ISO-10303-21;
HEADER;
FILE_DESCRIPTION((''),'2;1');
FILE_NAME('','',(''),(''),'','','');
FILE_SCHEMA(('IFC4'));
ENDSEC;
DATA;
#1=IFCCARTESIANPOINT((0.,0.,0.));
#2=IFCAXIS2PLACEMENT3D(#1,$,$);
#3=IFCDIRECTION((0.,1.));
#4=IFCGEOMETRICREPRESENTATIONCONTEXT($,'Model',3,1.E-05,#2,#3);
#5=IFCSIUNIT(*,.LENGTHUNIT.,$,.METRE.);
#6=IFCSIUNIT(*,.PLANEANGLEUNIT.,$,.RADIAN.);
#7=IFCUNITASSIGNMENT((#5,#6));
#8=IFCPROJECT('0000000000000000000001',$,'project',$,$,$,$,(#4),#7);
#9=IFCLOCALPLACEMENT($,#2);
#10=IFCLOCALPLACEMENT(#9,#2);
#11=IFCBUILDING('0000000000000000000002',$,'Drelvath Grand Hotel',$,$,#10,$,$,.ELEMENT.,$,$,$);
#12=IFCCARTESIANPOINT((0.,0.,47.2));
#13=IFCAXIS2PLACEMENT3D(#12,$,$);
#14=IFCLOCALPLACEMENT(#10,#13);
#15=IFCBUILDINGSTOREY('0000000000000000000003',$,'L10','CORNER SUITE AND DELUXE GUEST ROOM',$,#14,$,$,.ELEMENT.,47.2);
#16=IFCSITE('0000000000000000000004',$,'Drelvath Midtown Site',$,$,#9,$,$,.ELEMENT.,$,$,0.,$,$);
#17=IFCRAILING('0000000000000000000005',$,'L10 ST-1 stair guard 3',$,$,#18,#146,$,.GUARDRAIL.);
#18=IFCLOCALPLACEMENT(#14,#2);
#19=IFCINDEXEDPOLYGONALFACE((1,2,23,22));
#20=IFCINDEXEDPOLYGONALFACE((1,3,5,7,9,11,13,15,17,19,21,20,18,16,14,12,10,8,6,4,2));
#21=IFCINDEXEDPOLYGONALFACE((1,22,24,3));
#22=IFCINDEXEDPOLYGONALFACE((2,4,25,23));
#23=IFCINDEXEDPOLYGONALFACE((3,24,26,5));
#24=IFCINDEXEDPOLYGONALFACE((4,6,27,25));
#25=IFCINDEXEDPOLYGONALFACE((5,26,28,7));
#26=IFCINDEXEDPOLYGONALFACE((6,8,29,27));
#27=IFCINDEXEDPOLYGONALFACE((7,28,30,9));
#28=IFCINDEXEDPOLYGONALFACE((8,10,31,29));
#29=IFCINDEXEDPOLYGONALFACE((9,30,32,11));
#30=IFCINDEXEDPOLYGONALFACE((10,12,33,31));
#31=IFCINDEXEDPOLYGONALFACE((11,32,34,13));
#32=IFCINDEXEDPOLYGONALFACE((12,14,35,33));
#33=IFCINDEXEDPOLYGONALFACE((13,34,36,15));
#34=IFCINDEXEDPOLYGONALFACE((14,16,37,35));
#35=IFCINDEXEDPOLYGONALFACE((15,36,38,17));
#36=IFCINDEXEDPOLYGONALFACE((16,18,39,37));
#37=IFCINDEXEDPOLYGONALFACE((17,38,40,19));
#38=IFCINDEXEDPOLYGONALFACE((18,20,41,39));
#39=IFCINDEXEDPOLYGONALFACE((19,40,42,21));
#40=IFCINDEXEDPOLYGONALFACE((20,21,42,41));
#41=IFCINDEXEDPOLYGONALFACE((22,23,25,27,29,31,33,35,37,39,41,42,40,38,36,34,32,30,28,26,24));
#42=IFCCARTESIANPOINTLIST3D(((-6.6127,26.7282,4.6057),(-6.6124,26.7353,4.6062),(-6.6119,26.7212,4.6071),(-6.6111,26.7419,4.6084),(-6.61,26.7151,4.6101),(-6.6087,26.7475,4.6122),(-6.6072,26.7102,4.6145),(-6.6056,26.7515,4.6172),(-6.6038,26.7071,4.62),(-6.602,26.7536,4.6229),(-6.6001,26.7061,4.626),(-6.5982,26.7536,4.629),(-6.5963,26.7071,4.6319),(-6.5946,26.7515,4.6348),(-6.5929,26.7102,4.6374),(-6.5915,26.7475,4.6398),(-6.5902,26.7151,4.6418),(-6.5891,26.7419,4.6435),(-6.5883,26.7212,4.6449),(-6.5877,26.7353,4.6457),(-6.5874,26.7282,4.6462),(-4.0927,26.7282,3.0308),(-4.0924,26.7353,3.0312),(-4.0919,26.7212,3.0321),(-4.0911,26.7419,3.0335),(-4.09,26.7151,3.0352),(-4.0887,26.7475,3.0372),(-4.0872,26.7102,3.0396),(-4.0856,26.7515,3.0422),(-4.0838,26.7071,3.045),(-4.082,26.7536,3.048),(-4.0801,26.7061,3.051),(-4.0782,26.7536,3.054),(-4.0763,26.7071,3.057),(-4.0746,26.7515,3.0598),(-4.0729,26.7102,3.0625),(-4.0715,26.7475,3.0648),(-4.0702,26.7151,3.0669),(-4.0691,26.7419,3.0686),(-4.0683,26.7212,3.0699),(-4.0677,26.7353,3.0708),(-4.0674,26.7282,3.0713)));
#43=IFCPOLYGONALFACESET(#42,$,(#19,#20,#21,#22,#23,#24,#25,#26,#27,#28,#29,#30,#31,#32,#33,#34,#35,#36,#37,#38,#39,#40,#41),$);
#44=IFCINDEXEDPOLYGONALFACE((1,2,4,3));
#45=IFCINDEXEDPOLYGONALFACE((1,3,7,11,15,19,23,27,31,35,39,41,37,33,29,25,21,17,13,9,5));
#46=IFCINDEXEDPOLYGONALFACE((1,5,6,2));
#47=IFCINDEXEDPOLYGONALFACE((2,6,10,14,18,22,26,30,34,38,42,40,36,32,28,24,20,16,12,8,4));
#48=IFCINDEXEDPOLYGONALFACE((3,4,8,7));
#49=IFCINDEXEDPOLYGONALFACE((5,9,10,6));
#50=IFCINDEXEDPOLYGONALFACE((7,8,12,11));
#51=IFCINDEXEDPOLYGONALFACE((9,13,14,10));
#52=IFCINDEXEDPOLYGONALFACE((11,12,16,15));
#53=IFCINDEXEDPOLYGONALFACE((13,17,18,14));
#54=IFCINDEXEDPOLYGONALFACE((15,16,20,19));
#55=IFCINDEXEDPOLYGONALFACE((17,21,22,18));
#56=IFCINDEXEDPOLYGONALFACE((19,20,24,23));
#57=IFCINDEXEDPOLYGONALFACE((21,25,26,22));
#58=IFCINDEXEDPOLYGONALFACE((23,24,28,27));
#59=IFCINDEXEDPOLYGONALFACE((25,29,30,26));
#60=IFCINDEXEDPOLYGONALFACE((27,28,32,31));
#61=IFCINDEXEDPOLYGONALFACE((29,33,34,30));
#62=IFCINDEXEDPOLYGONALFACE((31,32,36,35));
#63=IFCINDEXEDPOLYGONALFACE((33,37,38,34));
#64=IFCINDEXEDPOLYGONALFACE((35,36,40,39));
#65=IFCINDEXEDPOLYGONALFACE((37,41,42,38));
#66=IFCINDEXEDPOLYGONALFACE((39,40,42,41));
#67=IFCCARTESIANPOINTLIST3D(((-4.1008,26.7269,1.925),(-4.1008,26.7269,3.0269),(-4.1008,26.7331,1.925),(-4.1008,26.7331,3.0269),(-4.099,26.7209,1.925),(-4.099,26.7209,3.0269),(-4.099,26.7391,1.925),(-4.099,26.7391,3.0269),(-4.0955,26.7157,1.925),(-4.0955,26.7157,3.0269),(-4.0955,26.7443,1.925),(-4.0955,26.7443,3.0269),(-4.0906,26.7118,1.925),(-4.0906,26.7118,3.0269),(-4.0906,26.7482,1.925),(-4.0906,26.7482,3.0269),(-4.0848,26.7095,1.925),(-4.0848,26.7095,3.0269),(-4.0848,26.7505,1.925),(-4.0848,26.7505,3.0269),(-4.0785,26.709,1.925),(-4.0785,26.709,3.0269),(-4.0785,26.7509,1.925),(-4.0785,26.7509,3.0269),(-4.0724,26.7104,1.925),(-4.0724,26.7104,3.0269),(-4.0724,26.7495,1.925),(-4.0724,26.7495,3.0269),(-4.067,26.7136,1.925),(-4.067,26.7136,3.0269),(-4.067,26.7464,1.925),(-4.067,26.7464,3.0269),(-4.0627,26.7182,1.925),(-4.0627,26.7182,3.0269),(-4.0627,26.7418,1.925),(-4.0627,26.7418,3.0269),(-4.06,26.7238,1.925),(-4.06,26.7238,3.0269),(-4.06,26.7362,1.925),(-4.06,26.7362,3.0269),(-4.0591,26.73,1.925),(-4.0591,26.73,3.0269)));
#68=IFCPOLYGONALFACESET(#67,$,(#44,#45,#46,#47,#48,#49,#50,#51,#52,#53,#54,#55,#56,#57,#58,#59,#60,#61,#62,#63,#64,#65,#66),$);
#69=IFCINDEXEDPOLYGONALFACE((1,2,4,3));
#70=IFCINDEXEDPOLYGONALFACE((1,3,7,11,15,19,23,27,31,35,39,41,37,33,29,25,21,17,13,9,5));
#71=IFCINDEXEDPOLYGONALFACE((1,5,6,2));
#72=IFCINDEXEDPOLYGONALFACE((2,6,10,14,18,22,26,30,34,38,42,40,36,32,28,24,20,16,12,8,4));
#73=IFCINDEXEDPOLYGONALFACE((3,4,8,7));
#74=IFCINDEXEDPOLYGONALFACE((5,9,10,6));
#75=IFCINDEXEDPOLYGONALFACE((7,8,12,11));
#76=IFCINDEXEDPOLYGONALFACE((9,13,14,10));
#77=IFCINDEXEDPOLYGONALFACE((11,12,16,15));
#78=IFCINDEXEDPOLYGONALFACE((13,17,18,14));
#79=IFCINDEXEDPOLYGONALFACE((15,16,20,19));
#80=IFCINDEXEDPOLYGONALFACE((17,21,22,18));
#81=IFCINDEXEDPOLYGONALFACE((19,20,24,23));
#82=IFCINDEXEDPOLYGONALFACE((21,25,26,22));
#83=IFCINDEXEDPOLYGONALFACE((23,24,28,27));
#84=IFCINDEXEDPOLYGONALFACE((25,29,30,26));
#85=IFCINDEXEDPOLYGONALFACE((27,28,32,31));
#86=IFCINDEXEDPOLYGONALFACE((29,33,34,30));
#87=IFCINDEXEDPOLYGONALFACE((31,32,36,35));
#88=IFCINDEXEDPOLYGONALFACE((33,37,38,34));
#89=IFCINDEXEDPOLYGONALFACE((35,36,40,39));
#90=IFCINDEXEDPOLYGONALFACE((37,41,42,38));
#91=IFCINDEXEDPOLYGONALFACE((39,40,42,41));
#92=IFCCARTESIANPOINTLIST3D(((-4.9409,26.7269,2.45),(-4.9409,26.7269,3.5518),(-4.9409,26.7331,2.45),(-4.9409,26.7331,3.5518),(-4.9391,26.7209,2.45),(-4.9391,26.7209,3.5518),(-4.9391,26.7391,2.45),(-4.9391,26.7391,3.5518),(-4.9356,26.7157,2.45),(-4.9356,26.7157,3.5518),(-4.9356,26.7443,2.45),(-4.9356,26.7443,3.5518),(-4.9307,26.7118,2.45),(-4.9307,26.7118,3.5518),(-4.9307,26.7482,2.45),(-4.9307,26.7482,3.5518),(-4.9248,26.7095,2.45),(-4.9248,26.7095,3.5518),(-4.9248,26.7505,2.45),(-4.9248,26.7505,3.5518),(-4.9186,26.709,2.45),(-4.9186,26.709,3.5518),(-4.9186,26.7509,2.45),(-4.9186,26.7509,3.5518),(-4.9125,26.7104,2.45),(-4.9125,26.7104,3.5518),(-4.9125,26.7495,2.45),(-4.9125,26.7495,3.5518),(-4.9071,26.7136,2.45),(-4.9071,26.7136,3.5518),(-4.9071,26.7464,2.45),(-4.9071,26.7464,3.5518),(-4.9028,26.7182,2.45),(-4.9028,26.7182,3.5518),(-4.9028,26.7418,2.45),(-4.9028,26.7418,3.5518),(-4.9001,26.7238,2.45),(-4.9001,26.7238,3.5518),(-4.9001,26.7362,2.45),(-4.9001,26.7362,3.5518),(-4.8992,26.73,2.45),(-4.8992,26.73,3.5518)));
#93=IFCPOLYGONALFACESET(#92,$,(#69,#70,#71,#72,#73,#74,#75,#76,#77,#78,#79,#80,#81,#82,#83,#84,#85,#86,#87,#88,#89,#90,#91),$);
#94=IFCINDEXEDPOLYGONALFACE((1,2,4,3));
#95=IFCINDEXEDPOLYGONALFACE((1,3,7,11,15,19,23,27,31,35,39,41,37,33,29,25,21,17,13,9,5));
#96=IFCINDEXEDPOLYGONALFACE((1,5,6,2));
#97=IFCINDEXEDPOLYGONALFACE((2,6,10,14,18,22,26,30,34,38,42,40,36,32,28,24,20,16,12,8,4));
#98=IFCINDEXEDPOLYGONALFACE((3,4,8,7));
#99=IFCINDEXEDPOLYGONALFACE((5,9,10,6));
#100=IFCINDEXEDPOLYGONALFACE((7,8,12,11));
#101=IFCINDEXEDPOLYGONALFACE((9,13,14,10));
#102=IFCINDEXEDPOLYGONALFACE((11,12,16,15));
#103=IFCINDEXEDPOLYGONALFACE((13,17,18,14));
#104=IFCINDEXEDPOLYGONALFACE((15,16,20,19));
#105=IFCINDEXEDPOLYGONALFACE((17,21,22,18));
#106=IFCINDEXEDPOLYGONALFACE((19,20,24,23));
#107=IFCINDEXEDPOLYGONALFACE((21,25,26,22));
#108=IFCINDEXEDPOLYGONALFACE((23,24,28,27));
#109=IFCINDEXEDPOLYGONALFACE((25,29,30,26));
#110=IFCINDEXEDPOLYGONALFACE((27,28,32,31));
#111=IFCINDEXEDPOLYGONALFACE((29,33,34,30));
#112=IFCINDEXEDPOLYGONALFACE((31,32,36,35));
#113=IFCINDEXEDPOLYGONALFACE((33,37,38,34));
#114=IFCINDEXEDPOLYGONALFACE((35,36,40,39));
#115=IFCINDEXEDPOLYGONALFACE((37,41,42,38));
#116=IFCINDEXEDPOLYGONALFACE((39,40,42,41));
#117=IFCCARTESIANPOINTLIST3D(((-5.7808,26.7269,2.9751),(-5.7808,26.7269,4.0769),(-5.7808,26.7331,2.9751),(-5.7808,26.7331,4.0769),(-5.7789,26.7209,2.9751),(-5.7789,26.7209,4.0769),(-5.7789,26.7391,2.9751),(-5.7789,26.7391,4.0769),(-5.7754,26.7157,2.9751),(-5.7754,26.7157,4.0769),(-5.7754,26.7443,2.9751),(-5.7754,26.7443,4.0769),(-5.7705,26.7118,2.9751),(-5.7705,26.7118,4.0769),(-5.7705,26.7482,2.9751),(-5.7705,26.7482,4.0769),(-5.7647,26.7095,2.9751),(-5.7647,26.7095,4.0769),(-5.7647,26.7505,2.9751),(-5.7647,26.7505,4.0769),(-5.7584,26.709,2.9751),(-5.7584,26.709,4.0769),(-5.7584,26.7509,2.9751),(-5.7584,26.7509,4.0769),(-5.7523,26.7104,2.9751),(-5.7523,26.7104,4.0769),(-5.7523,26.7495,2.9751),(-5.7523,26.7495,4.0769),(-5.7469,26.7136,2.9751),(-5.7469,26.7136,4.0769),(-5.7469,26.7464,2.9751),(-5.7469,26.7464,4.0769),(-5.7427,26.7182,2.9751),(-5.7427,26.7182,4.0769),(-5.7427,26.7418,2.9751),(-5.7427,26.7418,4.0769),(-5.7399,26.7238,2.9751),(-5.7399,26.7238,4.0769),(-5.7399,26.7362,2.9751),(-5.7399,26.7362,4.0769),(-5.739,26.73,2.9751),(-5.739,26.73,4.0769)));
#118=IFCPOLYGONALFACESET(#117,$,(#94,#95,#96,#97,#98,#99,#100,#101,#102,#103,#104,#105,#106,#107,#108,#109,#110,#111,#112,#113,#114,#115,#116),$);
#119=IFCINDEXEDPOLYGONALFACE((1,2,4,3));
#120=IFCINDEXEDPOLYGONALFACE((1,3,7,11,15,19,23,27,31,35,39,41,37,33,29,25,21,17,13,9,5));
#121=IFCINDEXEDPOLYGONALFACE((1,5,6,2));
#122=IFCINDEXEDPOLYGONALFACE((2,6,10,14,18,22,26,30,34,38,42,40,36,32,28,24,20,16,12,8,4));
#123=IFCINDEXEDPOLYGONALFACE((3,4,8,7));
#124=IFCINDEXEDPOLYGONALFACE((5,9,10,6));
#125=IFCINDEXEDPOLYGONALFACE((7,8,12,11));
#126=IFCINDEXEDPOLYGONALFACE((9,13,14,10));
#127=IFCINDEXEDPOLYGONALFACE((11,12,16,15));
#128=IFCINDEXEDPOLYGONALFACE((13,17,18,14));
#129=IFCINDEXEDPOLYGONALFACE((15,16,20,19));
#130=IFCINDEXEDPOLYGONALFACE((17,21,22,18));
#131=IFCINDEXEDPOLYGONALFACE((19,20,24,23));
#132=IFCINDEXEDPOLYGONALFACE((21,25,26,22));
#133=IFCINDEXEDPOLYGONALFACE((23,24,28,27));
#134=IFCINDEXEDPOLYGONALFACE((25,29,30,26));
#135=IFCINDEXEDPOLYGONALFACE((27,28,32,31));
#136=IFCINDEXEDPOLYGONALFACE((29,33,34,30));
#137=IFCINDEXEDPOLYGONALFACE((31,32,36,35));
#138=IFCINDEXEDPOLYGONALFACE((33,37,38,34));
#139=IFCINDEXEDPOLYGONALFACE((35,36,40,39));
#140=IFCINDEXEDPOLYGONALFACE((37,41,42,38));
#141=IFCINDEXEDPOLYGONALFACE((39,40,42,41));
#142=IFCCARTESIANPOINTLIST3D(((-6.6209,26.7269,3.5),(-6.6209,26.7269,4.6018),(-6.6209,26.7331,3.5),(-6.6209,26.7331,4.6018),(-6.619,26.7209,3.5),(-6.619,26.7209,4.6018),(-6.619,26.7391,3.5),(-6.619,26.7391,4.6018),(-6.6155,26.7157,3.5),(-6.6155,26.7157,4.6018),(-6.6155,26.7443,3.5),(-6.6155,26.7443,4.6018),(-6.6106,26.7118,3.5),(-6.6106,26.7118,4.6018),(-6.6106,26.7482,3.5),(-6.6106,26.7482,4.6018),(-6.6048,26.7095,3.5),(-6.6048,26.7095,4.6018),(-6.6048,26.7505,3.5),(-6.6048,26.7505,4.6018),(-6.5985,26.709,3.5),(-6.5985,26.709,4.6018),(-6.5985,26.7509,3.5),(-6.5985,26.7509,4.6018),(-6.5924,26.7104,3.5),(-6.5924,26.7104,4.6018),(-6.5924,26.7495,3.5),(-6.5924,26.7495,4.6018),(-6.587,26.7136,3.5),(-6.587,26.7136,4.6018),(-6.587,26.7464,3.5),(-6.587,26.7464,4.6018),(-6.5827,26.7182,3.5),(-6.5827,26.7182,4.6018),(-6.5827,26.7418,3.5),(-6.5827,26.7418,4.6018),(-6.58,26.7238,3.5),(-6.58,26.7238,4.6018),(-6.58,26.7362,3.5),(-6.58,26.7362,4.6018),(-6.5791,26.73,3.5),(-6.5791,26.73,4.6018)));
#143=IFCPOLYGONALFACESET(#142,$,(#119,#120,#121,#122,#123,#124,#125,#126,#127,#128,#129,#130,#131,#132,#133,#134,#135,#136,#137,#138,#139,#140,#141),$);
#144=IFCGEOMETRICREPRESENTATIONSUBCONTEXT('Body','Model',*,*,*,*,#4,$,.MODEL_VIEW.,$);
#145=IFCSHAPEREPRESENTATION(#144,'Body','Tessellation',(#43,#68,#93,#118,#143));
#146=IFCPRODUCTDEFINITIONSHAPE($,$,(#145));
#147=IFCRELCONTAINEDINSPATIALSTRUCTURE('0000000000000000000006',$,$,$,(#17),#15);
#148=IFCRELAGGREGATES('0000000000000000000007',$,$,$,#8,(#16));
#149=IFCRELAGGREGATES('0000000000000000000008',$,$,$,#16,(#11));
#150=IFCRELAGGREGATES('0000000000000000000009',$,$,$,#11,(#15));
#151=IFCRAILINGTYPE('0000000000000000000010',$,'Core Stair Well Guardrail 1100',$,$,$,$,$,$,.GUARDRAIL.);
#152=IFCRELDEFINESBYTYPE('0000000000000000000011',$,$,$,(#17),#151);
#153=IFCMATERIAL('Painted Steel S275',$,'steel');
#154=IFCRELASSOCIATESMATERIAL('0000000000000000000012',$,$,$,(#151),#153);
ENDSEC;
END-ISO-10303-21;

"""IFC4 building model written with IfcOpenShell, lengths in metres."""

from ifc_helpers import new_model, si_unit, direction, frame, origin, origin_2d, place, context, subcontext, project, spatial, circle, extrude, material, type_object, element, save


model = new_model("IFC4")

# Units and contexts
model_context = context("Model", 3, precision=1e-05, world=origin(), true_north=direction((0.0, 1.0)))
body_context = subcontext(model_context, "Body", "Model", "MODEL_VIEW")
ifc_project = project(units=[si_unit("LENGTHUNIT", "METRE"), si_unit("PLANEANGLEUNIT", "RADIAN")], contexts=[model_context])

# Site, building, storey
site_placement = place(None, origin())
site = spatial("IfcSite", under=ifc_project, at=site_placement, Name="Drelvath Midtown Site", CompositionType="ELEMENT", RefElevation=0.0)
building_placement = place(site_placement, origin())
building = spatial("IfcBuilding", under=site, at=building_placement, Name="Drelvath Grand Hotel", CompositionType="ELEMENT")
storey_placement = place(building_placement, frame((0.0, 0.0, 47.2)))
storey = spatial("IfcBuildingStorey", under=building, at=storey_placement, Name="L10", Description="CORNER SUITE AND DELUXE GUEST ROOM", CompositionType="ELEMENT", Elevation=47.2)

# Shared definitions
ifc_material_1 = material(Name="Painted Steel S275", Category="steel")

# Railing
railing_type_1 = type_object("IfcRailingType", Name="Core Stair Well Guardrail 1100", PredefinedType="GUARDRAIL", material=ifc_material_1)
railing_1_placement = place(storey_placement, frame((-4.0801, 26.73, 1.925)))
element("IfcRailing", 1, at=railing_1_placement, inside=storey, type_object=railing_type_1, Name="L10 ST-1 stair guard 3", PredefinedType="GUARDRAIL", context=body_context, shape_type="SweptSolid", body=[
    extrude(circle(Radius=0.0239, at=origin_2d()), frame((0.0, 0.0, 1.126), z_axis=(-0.848008, 0.0, 0.529984), x_axis=(0.0, -1.0, 0.0)), (0.0, 0.0, 1.0), 2.9717),
    extrude(circle(Radius=0.021, at=origin_2d()), origin(), (0.0, 0.0, 1.0), 1.1018),
    extrude(circle(Radius=0.021, at=origin_2d()), frame((-0.8401, 0.0, 0.5249)), (0.0, 0.0, 1.0), 1.1018),
    extrude(circle(Radius=0.021, at=origin_2d()), frame((-1.6799, 0.0, 1.05)), (0.0, 0.0, 1.0), 1.1018),
    extrude(circle(Radius=0.021, at=origin_2d()), frame((-2.52, 0.0, 1.575)), (0.0, 0.0, 1.0), 1.1018),
])

save(model, "model.ifc")
